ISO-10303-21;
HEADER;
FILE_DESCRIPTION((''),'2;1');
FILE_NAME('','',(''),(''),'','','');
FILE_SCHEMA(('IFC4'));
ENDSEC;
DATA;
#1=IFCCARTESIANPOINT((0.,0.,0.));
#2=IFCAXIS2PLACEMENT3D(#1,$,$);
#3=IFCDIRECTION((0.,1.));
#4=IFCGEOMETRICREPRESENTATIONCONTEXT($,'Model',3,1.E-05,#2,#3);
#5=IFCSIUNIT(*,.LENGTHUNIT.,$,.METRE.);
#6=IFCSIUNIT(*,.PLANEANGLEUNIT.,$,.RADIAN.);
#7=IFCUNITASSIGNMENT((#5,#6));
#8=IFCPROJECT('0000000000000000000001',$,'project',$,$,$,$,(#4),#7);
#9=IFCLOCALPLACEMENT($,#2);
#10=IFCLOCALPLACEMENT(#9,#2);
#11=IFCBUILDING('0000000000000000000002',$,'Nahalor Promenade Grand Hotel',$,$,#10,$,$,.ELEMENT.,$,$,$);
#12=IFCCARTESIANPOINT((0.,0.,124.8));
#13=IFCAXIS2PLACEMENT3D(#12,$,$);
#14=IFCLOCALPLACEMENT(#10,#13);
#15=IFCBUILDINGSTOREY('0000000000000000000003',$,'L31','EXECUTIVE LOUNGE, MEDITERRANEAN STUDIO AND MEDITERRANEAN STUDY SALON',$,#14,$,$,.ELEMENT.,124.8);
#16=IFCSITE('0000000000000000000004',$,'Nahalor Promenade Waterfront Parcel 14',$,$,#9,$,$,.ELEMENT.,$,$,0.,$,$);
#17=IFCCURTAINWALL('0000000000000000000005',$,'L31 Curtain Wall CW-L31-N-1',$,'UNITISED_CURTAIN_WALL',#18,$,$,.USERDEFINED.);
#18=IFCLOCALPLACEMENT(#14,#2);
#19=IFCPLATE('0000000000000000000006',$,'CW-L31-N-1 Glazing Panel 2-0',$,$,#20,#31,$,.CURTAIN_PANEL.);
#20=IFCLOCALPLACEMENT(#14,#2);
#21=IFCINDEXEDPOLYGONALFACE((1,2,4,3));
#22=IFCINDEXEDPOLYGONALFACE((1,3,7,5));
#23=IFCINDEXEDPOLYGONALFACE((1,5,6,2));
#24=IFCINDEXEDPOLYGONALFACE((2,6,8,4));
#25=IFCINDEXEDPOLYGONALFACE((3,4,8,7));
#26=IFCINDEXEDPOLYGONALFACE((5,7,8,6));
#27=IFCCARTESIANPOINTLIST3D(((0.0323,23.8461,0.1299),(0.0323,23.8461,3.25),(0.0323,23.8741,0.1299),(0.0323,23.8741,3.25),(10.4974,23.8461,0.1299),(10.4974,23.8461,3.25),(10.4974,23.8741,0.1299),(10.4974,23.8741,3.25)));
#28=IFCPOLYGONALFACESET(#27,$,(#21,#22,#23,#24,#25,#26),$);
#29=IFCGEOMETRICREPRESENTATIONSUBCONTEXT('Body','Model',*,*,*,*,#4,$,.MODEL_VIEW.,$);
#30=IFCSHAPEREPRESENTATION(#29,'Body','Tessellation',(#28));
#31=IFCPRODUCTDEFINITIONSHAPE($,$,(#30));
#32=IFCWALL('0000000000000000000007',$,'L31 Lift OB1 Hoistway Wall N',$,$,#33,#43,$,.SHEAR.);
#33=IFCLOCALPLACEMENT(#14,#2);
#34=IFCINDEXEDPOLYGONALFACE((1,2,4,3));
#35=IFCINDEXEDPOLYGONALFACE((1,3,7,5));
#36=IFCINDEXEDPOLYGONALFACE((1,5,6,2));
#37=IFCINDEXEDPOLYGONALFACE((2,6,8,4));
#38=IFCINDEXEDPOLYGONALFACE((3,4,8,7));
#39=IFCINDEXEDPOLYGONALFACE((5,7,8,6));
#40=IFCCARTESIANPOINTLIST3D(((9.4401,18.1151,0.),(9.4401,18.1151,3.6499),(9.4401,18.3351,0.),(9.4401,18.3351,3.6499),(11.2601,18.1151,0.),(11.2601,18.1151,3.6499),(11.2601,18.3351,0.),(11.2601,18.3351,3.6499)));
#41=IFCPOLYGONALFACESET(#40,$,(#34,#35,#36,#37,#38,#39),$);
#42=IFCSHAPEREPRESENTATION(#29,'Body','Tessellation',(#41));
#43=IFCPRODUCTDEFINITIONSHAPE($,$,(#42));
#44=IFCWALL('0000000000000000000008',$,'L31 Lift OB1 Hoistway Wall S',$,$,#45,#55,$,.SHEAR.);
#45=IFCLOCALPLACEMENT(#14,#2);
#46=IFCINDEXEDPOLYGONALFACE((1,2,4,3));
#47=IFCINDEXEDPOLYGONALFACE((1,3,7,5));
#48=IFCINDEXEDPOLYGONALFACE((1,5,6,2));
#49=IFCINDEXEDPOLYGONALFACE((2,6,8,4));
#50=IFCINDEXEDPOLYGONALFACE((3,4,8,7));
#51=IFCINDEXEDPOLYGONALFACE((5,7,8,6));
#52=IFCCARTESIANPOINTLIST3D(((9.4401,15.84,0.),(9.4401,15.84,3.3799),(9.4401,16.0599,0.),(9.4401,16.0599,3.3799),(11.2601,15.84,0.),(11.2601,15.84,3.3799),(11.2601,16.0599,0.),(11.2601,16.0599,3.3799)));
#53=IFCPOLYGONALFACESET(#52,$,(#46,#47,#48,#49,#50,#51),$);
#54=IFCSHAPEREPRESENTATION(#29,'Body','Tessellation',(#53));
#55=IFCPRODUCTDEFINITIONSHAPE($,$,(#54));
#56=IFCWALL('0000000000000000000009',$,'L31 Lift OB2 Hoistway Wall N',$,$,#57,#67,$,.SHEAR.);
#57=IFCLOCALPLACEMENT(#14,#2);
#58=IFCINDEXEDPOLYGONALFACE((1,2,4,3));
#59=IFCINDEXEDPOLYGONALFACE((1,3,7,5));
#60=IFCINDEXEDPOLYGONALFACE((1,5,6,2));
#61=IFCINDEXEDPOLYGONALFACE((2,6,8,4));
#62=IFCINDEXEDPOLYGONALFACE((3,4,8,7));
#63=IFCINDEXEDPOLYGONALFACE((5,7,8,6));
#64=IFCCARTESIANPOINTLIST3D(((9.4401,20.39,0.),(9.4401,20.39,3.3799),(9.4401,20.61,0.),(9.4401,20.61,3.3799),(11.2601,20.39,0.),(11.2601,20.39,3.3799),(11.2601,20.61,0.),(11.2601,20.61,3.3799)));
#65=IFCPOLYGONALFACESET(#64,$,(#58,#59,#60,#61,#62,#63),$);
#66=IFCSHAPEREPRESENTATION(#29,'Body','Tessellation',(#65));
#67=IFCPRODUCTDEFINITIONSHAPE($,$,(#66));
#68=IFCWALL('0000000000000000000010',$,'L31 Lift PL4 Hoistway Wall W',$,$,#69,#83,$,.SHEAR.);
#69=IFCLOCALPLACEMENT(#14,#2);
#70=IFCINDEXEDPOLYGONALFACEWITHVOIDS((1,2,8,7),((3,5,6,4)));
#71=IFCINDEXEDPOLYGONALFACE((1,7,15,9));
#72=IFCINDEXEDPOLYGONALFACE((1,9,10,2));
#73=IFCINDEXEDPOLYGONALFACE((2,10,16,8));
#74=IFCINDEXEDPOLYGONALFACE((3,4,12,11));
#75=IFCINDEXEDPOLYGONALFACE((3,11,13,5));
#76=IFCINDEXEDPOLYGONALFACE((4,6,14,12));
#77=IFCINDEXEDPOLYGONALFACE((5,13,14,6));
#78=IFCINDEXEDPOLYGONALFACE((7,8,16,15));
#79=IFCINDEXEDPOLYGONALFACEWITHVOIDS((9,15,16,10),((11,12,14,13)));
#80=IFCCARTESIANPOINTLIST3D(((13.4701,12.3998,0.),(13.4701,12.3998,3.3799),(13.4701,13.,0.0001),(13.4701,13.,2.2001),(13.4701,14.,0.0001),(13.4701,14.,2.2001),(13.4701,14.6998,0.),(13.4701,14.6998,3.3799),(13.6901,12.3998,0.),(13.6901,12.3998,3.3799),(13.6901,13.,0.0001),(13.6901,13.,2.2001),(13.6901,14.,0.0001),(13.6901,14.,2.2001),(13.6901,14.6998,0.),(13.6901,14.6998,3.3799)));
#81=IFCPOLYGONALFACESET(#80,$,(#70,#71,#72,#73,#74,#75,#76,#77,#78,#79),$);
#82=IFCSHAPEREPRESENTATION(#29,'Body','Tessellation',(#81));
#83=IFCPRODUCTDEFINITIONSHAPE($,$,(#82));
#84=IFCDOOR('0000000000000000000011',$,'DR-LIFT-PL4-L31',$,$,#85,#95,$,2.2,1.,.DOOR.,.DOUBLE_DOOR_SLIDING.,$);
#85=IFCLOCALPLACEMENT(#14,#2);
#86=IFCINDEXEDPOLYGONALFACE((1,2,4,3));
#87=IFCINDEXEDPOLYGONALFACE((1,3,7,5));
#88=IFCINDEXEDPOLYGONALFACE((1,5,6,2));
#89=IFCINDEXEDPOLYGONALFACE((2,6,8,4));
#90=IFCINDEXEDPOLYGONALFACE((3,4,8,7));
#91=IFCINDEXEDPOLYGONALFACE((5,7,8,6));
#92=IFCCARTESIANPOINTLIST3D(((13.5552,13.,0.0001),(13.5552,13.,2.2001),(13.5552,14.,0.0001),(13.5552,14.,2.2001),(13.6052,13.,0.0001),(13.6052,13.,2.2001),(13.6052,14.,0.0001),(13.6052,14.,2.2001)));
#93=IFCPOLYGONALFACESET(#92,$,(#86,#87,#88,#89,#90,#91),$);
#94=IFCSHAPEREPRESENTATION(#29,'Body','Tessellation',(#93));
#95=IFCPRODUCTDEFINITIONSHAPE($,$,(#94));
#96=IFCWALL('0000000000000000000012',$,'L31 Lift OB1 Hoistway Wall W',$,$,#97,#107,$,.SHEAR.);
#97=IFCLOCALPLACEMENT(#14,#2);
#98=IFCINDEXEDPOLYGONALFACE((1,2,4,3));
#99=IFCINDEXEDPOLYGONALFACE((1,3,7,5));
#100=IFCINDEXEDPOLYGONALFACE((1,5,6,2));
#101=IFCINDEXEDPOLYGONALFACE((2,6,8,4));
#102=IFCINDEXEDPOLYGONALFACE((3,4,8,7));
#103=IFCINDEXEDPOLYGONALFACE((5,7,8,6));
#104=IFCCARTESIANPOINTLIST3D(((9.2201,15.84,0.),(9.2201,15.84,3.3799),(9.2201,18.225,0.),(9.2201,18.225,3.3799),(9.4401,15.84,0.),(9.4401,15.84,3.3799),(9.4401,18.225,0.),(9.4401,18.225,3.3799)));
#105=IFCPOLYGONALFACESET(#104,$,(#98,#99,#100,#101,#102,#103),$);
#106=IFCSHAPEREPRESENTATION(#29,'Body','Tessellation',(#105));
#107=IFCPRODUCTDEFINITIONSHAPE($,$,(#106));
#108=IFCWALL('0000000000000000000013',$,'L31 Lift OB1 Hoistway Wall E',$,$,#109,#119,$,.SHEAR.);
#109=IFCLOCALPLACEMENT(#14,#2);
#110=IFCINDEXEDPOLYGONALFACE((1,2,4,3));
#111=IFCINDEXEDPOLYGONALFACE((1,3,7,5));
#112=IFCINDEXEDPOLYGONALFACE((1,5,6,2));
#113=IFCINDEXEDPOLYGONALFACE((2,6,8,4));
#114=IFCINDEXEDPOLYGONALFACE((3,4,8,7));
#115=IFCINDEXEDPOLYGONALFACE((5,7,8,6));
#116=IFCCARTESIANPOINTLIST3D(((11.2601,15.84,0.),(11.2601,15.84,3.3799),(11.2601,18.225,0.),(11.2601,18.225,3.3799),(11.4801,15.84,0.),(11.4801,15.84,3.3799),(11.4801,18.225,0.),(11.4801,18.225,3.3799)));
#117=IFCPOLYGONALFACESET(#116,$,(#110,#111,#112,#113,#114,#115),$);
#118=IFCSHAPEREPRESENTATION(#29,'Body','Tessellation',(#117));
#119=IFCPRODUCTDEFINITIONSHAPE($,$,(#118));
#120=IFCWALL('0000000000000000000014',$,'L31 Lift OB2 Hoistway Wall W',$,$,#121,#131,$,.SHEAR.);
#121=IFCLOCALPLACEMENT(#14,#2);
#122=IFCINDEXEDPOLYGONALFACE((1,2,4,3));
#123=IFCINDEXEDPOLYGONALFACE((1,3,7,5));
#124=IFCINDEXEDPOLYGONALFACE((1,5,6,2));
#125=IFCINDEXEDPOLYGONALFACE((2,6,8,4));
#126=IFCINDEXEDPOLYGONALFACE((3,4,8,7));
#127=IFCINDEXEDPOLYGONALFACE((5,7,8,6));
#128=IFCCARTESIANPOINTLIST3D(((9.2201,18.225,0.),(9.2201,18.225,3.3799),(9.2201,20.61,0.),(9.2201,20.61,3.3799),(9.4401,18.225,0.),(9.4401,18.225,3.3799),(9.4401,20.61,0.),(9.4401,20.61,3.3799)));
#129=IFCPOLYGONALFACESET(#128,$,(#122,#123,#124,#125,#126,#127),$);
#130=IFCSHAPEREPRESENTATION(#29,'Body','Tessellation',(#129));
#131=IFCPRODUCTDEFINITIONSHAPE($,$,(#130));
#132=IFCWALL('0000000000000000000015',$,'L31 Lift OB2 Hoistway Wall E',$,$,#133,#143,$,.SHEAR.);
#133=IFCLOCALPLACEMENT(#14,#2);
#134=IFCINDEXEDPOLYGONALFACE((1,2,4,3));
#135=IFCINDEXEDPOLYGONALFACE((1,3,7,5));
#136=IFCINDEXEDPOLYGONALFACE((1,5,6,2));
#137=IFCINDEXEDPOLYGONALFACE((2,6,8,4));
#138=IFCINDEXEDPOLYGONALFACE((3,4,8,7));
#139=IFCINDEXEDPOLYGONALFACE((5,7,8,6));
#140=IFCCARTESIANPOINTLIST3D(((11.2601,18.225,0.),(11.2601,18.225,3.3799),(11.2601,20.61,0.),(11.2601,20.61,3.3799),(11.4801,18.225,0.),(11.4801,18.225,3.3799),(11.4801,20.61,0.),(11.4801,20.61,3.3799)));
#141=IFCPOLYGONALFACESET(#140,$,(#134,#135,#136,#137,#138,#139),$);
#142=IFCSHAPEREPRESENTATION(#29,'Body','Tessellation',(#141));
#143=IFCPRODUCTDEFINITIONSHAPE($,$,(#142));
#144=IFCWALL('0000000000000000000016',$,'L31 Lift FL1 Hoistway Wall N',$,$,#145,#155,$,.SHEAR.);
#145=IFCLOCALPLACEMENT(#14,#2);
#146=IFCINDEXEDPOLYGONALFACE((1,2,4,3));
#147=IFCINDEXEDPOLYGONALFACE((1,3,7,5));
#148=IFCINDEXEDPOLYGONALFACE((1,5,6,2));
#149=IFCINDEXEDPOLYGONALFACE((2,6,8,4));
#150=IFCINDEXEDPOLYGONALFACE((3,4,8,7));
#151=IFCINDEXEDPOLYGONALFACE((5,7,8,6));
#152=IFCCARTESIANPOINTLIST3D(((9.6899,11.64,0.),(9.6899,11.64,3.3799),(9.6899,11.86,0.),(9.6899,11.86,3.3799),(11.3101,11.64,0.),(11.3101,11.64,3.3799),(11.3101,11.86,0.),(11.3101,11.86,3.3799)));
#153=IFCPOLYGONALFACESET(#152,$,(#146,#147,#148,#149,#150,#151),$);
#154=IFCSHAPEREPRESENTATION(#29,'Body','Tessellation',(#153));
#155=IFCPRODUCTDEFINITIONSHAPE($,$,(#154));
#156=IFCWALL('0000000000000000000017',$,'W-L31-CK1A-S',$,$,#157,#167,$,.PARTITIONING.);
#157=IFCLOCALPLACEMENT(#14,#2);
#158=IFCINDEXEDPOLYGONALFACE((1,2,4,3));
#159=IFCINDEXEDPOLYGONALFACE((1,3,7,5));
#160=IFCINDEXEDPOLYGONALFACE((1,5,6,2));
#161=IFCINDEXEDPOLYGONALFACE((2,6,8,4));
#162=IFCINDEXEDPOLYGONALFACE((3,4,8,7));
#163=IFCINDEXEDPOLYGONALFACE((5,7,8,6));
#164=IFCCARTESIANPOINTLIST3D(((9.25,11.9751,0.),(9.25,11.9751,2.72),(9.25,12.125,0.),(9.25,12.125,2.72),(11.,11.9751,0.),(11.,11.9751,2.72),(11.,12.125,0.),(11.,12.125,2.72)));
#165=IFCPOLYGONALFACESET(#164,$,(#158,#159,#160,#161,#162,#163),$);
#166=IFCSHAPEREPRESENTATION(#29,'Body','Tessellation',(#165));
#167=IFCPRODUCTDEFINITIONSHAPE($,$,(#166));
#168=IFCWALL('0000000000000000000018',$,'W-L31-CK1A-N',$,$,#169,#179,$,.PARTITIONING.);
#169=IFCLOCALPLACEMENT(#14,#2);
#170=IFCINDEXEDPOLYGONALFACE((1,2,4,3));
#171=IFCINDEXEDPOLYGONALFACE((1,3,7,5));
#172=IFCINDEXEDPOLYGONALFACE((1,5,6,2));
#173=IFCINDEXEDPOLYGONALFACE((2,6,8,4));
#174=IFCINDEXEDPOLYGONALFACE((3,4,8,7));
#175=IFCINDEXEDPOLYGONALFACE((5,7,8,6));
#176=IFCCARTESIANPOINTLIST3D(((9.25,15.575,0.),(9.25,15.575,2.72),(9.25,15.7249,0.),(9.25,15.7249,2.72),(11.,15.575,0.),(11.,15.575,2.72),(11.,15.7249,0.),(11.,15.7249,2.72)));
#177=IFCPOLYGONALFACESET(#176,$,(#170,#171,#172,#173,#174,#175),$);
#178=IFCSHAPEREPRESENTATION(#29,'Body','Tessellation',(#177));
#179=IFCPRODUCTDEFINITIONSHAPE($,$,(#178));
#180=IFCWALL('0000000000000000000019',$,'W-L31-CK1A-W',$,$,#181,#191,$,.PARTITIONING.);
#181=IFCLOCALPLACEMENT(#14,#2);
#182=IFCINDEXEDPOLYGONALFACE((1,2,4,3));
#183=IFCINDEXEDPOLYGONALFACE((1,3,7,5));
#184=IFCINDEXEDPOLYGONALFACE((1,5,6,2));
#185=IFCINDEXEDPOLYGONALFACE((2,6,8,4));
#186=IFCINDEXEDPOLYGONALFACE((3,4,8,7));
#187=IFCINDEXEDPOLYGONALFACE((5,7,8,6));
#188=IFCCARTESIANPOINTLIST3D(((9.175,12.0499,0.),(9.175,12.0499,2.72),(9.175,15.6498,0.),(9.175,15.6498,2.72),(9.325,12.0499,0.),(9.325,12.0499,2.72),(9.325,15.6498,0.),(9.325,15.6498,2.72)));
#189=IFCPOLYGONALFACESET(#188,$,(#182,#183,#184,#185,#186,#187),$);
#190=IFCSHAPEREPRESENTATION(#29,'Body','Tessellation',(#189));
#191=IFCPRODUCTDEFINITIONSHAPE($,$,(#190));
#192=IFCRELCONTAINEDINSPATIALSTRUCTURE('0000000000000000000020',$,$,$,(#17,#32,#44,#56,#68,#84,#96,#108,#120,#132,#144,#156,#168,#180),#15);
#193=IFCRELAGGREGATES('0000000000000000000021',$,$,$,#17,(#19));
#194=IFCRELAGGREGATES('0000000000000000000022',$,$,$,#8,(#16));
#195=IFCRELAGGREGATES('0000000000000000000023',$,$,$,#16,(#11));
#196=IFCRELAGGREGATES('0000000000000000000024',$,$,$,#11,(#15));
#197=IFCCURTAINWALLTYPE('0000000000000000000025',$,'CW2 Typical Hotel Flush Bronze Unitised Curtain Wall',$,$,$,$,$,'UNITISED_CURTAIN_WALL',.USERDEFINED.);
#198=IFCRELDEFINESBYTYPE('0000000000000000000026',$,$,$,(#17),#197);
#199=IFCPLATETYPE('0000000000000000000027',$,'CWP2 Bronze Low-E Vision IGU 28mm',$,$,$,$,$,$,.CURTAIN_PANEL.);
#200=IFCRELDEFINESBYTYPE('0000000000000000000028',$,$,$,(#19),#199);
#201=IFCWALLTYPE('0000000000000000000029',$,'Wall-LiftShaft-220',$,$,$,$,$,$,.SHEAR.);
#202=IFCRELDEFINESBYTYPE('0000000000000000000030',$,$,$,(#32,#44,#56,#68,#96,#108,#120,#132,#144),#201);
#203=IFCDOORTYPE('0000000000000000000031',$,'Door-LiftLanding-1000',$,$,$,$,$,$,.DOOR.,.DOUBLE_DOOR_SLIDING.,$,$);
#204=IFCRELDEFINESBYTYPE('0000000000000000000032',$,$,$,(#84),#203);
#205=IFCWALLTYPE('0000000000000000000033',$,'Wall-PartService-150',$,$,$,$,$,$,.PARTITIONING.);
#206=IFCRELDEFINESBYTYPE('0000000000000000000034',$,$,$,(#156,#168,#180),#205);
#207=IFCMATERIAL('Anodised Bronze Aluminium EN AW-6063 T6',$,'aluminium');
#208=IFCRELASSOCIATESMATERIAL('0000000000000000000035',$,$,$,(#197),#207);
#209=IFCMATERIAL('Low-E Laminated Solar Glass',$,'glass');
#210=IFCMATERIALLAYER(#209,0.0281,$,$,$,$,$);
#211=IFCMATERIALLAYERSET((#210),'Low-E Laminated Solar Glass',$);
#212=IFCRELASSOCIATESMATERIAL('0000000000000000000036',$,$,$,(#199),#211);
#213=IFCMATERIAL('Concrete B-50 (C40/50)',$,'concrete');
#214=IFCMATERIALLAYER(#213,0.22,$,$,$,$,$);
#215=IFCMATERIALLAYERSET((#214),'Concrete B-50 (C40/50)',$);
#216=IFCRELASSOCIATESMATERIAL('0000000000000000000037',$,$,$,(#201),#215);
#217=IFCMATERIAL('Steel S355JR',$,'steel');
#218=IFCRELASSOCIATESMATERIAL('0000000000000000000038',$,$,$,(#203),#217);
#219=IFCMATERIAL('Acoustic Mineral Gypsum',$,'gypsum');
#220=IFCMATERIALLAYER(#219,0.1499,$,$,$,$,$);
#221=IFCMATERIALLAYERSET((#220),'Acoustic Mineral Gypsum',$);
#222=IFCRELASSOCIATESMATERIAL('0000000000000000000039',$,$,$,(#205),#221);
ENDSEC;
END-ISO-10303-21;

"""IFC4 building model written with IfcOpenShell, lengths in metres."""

from ifc_helpers import new_model, si_unit, direction, frame, frame_2d, origin, origin_2d, place, context, subcontext, project, spatial, rectangle, extrude, source, transform, mapped, material, layer, layer_set, type_object, element, fill, aggregate, save


model = new_model("IFC4")

# Units and contexts
model_context = context("Model", 3, precision=1e-05, world=origin(), true_north=direction((0.0, 1.0)))
body_context = subcontext(model_context, "Body", "Model", "MODEL_VIEW")
ifc_project = project(units=[si_unit("LENGTHUNIT", "METRE"), si_unit("PLANEANGLEUNIT", "RADIAN")], contexts=[model_context])

# Site, building, storey
site_placement = place(None, origin())
site = spatial("IfcSite", under=ifc_project, at=site_placement, Name="Nahalor Promenade Waterfront Parcel 14", CompositionType="ELEMENT", RefElevation=0.0)
building_placement = place(site_placement, origin())
building = spatial("IfcBuilding", under=site, at=building_placement, Name="Nahalor Promenade Grand Hotel", CompositionType="ELEMENT")
storey_placement = place(building_placement, frame((0.0, 0.0, 124.8)))
storey = spatial("IfcBuildingStorey", under=building, at=storey_placement, Name="L31", Description="EXECUTIVE LOUNGE, MEDITERRANEAN STUDIO AND MEDITERRANEAN STUDY SALON", CompositionType="ELEMENT", Elevation=124.8)

# Shared definitions
ifc_material_1 = material(Name="Steel S355JR", Category="steel")

# Curtain wall, plate
ifc_material_2 = material(Name="Anodised Bronze Aluminium EN AW-6063 T6", Category="aluminium")
curtain_wall_type = type_object("IfcCurtainWallType", Name="CW2 Typical Hotel Flush Bronze Unitised Curtain Wall", ElementType="UNITISED_CURTAIN_WALL", PredefinedType="USERDEFINED", material=ifc_material_2)
curtain_wall_placement = place(storey_placement, origin())
curtain_wall = element("IfcCurtainWall", 1, at=curtain_wall_placement, inside=storey, type_object=curtain_wall_type, Name="L31 Curtain Wall CW-L31-N-1", ObjectType="UNITISED_CURTAIN_WALL", PredefinedType="USERDEFINED")
ifc_material_3 = material(Name="Low-E Laminated Solar Glass", Category="glass")
ifc_layer_1 = layer(ifc_material_3, 0.0281)
ifc_layer_set_1 = layer_set([ifc_layer_1], Name="Low-E Laminated Solar Glass")
plate_type = type_object("IfcPlateType", Name="CWP2 Bronze Low-E Vision IGU 28mm", PredefinedType="CURTAIN_PANEL", material=ifc_layer_set_1)
shared_shape_1 = source(origin(), body_context, "Body", "SweptSolid", [
    extrude(rectangle(XDim=10.4651, YDim=0.0281, at=origin_2d()), origin(), (0.0, 0.0, 1.0), 3.1201),
])
plate_placement = place(storey_placement, frame((5.2649, 23.8601, 0.1299), z_axis=(0.0, 0.0, 1.0), x_axis=(1.0, 0.0, 0.0)))
plate = element("IfcPlate", 2, at=plate_placement, type_object=plate_type, Name="CW-L31-N-1 Glazing Panel 2-0", PredefinedType="CURTAIN_PANEL", context=body_context, shape_type="MappedRepresentation", body=[
    mapped(shared_shape_1, transform((0.0, 0.0, 0.0), scale=1.0)),
])
aggregate(curtain_wall, [plate])

# Walls
ifc_material_4 = material(Name="Concrete B-50 (C40/50)", Category="concrete")
ifc_layer_2 = layer(ifc_material_4, 0.22)
ifc_layer_set_2 = layer_set([ifc_layer_2], Name="Concrete B-50 (C40/50)")
wall_type_1 = type_object("IfcWallType", Name="Wall-LiftShaft-220", PredefinedType="SHEAR", material=ifc_layer_set_2)
shared_shape_2 = source(origin(), body_context, "Body", "SweptSolid", [
    extrude(rectangle(XDim=1.8201, YDim=0.22, at=frame_2d((0.9102, 0.0))), origin(), (0.0, 0.0, 1.0), 3.6499),
])
wall_1_placement = place(storey_placement, frame((9.4399, 18.2251, 0.0), z_axis=(0.0, 0.0, 1.0), x_axis=(1.0, 0.0, 0.0)))
element("IfcWall", 3, at=wall_1_placement, inside=storey, type_object=wall_type_1, Name="L31 Lift OB1 Hoistway Wall N", PredefinedType="SHEAR", context=body_context, shape_type="MappedRepresentation", body=[
    mapped(shared_shape_2, transform((0.0, 0.0, 0.0), scale=1.0)),
])
shared_shape_3 = source(origin(), body_context, "Body", "SweptSolid", [
    extrude(rectangle(XDim=1.8201, YDim=0.22, at=frame_2d((0.9102, 0.0))), origin(), (0.0, 0.0, 1.0), 3.3799),
])
for number, where, z_axis, x_axis, name in (
    (4, (9.4399, 15.95, 0.0), (0.0, 0.0, 1.0), (1.0, 0.0, 0.0), "L31 Lift OB1 Hoistway Wall S"),
    (5, (9.4399, 20.5, 0.0), (0.0, 0.0, 1.0), (1.0, 0.0, 0.0), "L31 Lift OB2 Hoistway Wall N"),
):
    element("IfcWall", number, at=place(storey_placement, frame(where, z_axis=z_axis, x_axis=x_axis)), inside=storey, type_object=wall_type_1, Name=name, PredefinedType="SHEAR", context=body_context, shape_type="MappedRepresentation", body=[
        mapped(shared_shape_3, transform((0.0, 0.0, 0.0), scale=1.0)),
    ])

# Wall, opening, door
shared_shape_4 = source(origin(), body_context, "Body", "SweptSolid", [
    extrude(rectangle(XDim=2.3, YDim=0.22, at=frame_2d((1.1499, 0.0))), origin(), (0.0, 0.0, 1.0), 3.3799),
])
wall_2_placement = place(storey_placement, frame((13.5801, 12.3999, 0.0), z_axis=(0.0, 0.0, 1.0), x_axis=(0.0, 1.0, 0.0)))
wall_2 = element("IfcWall", 6, at=wall_2_placement, inside=storey, type_object=wall_type_1, Name="L31 Lift PL4 Hoistway Wall W", PredefinedType="SHEAR", context=body_context, shape_type="MappedRepresentation", body=[
    mapped(shared_shape_4, transform((0.0, 0.0, 0.0), scale=1.0)),
])
opening_1_placement = place(wall_2_placement, frame((0.6001, 0.0, 0.0)))
opening_1 = element("IfcOpeningElement", 7, at=opening_1_placement, cuts=wall_2, PredefinedType="OPENING", context=body_context, shape_type="SweptSolid", body=[
    extrude(rectangle(XDim=1.0, YDim=2.2, at=frame_2d((0.5, 1.1001))), frame((0.0, 0.1199, 0.0), z_axis=(0.0, -1.0, 0.0), x_axis=(1.0, 0.0, 0.0)), (0.0, 0.0, 1.0), 0.24),
])
door_type_1 = type_object("IfcDoorType", Name="Door-LiftLanding-1000", OperationType="DOUBLE_DOOR_SLIDING", PredefinedType="DOOR", material=ifc_material_1)
shared_shape_5 = source(origin(), body_context, "Body", "SweptSolid", [
    extrude(rectangle(XDim=1.0, YDim=2.2, at=frame_2d((0.5, 1.1001))), frame((0.0, 0.0249, 0.0), z_axis=(0.0, -1.0, 0.0), x_axis=(1.0, 0.0, 0.0)), (0.0, 0.0, 1.0), 0.05),
])
door_1_placement = place(opening_1_placement, origin())
door_1 = element("IfcDoor", 8, at=door_1_placement, inside=storey, type_object=door_type_1, Name="DR-LIFT-PL4-L31", OperationType="DOUBLE_DOOR_SLIDING", OverallHeight=2.2, OverallWidth=1.0, PredefinedType="DOOR", context=body_context, shape_type="MappedRepresentation", body=[
    mapped(shared_shape_5, transform((0.0, 0.0, 0.0), scale=1.0)),
])
fill(opening_1, door_1)

# Walls
shared_shape_6 = source(origin(), body_context, "Body", "SweptSolid", [
    extrude(rectangle(XDim=2.385, YDim=0.22, at=frame_2d((1.1924, 0.0))), origin(), (0.0, 0.0, 1.0), 3.3799),
])
for number, where, z_axis, x_axis, name in (
    (9, (9.3301, 15.8401, 0.0), (0.0, 0.0, 1.0), (0.0, 1.0, 0.0), "L31 Lift OB1 Hoistway Wall W"),
    (10, (11.3701, 15.8401, 0.0), (0.0, 0.0, 1.0), (0.0, 1.0, 0.0), "L31 Lift OB1 Hoistway Wall E"),
    (11, (9.3301, 18.2251, 0.0), (0.0, 0.0, 1.0), (0.0, 1.0, 0.0), "L31 Lift OB2 Hoistway Wall W"),
    (12, (11.3701, 18.2251, 0.0), (0.0, 0.0, 1.0), (0.0, 1.0, 0.0), "L31 Lift OB2 Hoistway Wall E"),
):
    element("IfcWall", number, at=place(storey_placement, frame(where, z_axis=z_axis, x_axis=x_axis)), inside=storey, type_object=wall_type_1, Name=name, PredefinedType="SHEAR", context=body_context, shape_type="MappedRepresentation", body=[
        mapped(shared_shape_6, transform((0.0, 0.0, 0.0), scale=1.0)),
    ])
shared_shape_7 = source(origin(), body_context, "Body", "SweptSolid", [
    extrude(rectangle(XDim=1.6201, YDim=0.22, at=frame_2d((0.8101, 0.0))), origin(), (0.0, 0.0, 1.0), 3.3799),
])
wall_3_placement = place(storey_placement, frame((9.6899, 11.75, 0.0), z_axis=(0.0, 0.0, 1.0), x_axis=(1.0, 0.0, 0.0)))
element("IfcWall", 13, at=wall_3_placement, inside=storey, type_object=wall_type_1, Name="L31 Lift FL1 Hoistway Wall N", PredefinedType="SHEAR", context=body_context, shape_type="MappedRepresentation", body=[
    mapped(shared_shape_7, transform((0.0, 0.0, 0.0), scale=1.0)),
])
ifc_material_5 = material(Name="Acoustic Mineral Gypsum", Category="gypsum")
ifc_layer_3 = layer(ifc_material_5, 0.1499)
ifc_layer_set_3 = layer_set([ifc_layer_3], Name="Acoustic Mineral Gypsum")
wall_type_2 = type_object("IfcWallType", Name="Wall-PartService-150", PredefinedType="PARTITIONING", material=ifc_layer_set_3)
shared_shape_8 = source(origin(), body_context, "Body", "SweptSolid", [
    extrude(rectangle(XDim=1.75, YDim=0.1499, at=frame_2d((0.875, 0.0))), origin(), (0.0, 0.0, 1.0), 2.72),
])
for number, where, z_axis, x_axis, name in (
    (14, (9.25, 12.05, 0.0), (0.0, 0.0, 1.0), (1.0, 0.0, 0.0), "W-L31-CK1A-S"),
    (15, (9.25, 15.6499, 0.0), (0.0, 0.0, 1.0), (1.0, 0.0, 0.0), "W-L31-CK1A-N"),
):
    element("IfcWall", number, at=place(storey_placement, frame(where, z_axis=z_axis, x_axis=x_axis)), inside=storey, type_object=wall_type_2, Name=name, PredefinedType="PARTITIONING", context=body_context, shape_type="MappedRepresentation", body=[
        mapped(shared_shape_8, transform((0.0, 0.0, 0.0), scale=1.0)),
    ])
shared_shape_9 = source(origin(), body_context, "Body", "SweptSolid", [
    extrude(rectangle(XDim=3.5999, YDim=0.1499, at=frame_2d((1.7998, 0.0))), origin(), (0.0, 0.0, 1.0), 2.72),
])
wall_4_placement = place(storey_placement, frame((9.25, 12.05, 0.0), z_axis=(0.0, 0.0, 1.0), x_axis=(0.0, 1.0, 0.0)))
element("IfcWall", 16, at=wall_4_placement, inside=storey, type_object=wall_type_2, Name="W-L31-CK1A-W", PredefinedType="PARTITIONING", context=body_context, shape_type="MappedRepresentation", body=[
    mapped(shared_shape_9, transform((0.0, 0.0, 0.0), scale=1.0)),
])

save(model, "model.ifc")
